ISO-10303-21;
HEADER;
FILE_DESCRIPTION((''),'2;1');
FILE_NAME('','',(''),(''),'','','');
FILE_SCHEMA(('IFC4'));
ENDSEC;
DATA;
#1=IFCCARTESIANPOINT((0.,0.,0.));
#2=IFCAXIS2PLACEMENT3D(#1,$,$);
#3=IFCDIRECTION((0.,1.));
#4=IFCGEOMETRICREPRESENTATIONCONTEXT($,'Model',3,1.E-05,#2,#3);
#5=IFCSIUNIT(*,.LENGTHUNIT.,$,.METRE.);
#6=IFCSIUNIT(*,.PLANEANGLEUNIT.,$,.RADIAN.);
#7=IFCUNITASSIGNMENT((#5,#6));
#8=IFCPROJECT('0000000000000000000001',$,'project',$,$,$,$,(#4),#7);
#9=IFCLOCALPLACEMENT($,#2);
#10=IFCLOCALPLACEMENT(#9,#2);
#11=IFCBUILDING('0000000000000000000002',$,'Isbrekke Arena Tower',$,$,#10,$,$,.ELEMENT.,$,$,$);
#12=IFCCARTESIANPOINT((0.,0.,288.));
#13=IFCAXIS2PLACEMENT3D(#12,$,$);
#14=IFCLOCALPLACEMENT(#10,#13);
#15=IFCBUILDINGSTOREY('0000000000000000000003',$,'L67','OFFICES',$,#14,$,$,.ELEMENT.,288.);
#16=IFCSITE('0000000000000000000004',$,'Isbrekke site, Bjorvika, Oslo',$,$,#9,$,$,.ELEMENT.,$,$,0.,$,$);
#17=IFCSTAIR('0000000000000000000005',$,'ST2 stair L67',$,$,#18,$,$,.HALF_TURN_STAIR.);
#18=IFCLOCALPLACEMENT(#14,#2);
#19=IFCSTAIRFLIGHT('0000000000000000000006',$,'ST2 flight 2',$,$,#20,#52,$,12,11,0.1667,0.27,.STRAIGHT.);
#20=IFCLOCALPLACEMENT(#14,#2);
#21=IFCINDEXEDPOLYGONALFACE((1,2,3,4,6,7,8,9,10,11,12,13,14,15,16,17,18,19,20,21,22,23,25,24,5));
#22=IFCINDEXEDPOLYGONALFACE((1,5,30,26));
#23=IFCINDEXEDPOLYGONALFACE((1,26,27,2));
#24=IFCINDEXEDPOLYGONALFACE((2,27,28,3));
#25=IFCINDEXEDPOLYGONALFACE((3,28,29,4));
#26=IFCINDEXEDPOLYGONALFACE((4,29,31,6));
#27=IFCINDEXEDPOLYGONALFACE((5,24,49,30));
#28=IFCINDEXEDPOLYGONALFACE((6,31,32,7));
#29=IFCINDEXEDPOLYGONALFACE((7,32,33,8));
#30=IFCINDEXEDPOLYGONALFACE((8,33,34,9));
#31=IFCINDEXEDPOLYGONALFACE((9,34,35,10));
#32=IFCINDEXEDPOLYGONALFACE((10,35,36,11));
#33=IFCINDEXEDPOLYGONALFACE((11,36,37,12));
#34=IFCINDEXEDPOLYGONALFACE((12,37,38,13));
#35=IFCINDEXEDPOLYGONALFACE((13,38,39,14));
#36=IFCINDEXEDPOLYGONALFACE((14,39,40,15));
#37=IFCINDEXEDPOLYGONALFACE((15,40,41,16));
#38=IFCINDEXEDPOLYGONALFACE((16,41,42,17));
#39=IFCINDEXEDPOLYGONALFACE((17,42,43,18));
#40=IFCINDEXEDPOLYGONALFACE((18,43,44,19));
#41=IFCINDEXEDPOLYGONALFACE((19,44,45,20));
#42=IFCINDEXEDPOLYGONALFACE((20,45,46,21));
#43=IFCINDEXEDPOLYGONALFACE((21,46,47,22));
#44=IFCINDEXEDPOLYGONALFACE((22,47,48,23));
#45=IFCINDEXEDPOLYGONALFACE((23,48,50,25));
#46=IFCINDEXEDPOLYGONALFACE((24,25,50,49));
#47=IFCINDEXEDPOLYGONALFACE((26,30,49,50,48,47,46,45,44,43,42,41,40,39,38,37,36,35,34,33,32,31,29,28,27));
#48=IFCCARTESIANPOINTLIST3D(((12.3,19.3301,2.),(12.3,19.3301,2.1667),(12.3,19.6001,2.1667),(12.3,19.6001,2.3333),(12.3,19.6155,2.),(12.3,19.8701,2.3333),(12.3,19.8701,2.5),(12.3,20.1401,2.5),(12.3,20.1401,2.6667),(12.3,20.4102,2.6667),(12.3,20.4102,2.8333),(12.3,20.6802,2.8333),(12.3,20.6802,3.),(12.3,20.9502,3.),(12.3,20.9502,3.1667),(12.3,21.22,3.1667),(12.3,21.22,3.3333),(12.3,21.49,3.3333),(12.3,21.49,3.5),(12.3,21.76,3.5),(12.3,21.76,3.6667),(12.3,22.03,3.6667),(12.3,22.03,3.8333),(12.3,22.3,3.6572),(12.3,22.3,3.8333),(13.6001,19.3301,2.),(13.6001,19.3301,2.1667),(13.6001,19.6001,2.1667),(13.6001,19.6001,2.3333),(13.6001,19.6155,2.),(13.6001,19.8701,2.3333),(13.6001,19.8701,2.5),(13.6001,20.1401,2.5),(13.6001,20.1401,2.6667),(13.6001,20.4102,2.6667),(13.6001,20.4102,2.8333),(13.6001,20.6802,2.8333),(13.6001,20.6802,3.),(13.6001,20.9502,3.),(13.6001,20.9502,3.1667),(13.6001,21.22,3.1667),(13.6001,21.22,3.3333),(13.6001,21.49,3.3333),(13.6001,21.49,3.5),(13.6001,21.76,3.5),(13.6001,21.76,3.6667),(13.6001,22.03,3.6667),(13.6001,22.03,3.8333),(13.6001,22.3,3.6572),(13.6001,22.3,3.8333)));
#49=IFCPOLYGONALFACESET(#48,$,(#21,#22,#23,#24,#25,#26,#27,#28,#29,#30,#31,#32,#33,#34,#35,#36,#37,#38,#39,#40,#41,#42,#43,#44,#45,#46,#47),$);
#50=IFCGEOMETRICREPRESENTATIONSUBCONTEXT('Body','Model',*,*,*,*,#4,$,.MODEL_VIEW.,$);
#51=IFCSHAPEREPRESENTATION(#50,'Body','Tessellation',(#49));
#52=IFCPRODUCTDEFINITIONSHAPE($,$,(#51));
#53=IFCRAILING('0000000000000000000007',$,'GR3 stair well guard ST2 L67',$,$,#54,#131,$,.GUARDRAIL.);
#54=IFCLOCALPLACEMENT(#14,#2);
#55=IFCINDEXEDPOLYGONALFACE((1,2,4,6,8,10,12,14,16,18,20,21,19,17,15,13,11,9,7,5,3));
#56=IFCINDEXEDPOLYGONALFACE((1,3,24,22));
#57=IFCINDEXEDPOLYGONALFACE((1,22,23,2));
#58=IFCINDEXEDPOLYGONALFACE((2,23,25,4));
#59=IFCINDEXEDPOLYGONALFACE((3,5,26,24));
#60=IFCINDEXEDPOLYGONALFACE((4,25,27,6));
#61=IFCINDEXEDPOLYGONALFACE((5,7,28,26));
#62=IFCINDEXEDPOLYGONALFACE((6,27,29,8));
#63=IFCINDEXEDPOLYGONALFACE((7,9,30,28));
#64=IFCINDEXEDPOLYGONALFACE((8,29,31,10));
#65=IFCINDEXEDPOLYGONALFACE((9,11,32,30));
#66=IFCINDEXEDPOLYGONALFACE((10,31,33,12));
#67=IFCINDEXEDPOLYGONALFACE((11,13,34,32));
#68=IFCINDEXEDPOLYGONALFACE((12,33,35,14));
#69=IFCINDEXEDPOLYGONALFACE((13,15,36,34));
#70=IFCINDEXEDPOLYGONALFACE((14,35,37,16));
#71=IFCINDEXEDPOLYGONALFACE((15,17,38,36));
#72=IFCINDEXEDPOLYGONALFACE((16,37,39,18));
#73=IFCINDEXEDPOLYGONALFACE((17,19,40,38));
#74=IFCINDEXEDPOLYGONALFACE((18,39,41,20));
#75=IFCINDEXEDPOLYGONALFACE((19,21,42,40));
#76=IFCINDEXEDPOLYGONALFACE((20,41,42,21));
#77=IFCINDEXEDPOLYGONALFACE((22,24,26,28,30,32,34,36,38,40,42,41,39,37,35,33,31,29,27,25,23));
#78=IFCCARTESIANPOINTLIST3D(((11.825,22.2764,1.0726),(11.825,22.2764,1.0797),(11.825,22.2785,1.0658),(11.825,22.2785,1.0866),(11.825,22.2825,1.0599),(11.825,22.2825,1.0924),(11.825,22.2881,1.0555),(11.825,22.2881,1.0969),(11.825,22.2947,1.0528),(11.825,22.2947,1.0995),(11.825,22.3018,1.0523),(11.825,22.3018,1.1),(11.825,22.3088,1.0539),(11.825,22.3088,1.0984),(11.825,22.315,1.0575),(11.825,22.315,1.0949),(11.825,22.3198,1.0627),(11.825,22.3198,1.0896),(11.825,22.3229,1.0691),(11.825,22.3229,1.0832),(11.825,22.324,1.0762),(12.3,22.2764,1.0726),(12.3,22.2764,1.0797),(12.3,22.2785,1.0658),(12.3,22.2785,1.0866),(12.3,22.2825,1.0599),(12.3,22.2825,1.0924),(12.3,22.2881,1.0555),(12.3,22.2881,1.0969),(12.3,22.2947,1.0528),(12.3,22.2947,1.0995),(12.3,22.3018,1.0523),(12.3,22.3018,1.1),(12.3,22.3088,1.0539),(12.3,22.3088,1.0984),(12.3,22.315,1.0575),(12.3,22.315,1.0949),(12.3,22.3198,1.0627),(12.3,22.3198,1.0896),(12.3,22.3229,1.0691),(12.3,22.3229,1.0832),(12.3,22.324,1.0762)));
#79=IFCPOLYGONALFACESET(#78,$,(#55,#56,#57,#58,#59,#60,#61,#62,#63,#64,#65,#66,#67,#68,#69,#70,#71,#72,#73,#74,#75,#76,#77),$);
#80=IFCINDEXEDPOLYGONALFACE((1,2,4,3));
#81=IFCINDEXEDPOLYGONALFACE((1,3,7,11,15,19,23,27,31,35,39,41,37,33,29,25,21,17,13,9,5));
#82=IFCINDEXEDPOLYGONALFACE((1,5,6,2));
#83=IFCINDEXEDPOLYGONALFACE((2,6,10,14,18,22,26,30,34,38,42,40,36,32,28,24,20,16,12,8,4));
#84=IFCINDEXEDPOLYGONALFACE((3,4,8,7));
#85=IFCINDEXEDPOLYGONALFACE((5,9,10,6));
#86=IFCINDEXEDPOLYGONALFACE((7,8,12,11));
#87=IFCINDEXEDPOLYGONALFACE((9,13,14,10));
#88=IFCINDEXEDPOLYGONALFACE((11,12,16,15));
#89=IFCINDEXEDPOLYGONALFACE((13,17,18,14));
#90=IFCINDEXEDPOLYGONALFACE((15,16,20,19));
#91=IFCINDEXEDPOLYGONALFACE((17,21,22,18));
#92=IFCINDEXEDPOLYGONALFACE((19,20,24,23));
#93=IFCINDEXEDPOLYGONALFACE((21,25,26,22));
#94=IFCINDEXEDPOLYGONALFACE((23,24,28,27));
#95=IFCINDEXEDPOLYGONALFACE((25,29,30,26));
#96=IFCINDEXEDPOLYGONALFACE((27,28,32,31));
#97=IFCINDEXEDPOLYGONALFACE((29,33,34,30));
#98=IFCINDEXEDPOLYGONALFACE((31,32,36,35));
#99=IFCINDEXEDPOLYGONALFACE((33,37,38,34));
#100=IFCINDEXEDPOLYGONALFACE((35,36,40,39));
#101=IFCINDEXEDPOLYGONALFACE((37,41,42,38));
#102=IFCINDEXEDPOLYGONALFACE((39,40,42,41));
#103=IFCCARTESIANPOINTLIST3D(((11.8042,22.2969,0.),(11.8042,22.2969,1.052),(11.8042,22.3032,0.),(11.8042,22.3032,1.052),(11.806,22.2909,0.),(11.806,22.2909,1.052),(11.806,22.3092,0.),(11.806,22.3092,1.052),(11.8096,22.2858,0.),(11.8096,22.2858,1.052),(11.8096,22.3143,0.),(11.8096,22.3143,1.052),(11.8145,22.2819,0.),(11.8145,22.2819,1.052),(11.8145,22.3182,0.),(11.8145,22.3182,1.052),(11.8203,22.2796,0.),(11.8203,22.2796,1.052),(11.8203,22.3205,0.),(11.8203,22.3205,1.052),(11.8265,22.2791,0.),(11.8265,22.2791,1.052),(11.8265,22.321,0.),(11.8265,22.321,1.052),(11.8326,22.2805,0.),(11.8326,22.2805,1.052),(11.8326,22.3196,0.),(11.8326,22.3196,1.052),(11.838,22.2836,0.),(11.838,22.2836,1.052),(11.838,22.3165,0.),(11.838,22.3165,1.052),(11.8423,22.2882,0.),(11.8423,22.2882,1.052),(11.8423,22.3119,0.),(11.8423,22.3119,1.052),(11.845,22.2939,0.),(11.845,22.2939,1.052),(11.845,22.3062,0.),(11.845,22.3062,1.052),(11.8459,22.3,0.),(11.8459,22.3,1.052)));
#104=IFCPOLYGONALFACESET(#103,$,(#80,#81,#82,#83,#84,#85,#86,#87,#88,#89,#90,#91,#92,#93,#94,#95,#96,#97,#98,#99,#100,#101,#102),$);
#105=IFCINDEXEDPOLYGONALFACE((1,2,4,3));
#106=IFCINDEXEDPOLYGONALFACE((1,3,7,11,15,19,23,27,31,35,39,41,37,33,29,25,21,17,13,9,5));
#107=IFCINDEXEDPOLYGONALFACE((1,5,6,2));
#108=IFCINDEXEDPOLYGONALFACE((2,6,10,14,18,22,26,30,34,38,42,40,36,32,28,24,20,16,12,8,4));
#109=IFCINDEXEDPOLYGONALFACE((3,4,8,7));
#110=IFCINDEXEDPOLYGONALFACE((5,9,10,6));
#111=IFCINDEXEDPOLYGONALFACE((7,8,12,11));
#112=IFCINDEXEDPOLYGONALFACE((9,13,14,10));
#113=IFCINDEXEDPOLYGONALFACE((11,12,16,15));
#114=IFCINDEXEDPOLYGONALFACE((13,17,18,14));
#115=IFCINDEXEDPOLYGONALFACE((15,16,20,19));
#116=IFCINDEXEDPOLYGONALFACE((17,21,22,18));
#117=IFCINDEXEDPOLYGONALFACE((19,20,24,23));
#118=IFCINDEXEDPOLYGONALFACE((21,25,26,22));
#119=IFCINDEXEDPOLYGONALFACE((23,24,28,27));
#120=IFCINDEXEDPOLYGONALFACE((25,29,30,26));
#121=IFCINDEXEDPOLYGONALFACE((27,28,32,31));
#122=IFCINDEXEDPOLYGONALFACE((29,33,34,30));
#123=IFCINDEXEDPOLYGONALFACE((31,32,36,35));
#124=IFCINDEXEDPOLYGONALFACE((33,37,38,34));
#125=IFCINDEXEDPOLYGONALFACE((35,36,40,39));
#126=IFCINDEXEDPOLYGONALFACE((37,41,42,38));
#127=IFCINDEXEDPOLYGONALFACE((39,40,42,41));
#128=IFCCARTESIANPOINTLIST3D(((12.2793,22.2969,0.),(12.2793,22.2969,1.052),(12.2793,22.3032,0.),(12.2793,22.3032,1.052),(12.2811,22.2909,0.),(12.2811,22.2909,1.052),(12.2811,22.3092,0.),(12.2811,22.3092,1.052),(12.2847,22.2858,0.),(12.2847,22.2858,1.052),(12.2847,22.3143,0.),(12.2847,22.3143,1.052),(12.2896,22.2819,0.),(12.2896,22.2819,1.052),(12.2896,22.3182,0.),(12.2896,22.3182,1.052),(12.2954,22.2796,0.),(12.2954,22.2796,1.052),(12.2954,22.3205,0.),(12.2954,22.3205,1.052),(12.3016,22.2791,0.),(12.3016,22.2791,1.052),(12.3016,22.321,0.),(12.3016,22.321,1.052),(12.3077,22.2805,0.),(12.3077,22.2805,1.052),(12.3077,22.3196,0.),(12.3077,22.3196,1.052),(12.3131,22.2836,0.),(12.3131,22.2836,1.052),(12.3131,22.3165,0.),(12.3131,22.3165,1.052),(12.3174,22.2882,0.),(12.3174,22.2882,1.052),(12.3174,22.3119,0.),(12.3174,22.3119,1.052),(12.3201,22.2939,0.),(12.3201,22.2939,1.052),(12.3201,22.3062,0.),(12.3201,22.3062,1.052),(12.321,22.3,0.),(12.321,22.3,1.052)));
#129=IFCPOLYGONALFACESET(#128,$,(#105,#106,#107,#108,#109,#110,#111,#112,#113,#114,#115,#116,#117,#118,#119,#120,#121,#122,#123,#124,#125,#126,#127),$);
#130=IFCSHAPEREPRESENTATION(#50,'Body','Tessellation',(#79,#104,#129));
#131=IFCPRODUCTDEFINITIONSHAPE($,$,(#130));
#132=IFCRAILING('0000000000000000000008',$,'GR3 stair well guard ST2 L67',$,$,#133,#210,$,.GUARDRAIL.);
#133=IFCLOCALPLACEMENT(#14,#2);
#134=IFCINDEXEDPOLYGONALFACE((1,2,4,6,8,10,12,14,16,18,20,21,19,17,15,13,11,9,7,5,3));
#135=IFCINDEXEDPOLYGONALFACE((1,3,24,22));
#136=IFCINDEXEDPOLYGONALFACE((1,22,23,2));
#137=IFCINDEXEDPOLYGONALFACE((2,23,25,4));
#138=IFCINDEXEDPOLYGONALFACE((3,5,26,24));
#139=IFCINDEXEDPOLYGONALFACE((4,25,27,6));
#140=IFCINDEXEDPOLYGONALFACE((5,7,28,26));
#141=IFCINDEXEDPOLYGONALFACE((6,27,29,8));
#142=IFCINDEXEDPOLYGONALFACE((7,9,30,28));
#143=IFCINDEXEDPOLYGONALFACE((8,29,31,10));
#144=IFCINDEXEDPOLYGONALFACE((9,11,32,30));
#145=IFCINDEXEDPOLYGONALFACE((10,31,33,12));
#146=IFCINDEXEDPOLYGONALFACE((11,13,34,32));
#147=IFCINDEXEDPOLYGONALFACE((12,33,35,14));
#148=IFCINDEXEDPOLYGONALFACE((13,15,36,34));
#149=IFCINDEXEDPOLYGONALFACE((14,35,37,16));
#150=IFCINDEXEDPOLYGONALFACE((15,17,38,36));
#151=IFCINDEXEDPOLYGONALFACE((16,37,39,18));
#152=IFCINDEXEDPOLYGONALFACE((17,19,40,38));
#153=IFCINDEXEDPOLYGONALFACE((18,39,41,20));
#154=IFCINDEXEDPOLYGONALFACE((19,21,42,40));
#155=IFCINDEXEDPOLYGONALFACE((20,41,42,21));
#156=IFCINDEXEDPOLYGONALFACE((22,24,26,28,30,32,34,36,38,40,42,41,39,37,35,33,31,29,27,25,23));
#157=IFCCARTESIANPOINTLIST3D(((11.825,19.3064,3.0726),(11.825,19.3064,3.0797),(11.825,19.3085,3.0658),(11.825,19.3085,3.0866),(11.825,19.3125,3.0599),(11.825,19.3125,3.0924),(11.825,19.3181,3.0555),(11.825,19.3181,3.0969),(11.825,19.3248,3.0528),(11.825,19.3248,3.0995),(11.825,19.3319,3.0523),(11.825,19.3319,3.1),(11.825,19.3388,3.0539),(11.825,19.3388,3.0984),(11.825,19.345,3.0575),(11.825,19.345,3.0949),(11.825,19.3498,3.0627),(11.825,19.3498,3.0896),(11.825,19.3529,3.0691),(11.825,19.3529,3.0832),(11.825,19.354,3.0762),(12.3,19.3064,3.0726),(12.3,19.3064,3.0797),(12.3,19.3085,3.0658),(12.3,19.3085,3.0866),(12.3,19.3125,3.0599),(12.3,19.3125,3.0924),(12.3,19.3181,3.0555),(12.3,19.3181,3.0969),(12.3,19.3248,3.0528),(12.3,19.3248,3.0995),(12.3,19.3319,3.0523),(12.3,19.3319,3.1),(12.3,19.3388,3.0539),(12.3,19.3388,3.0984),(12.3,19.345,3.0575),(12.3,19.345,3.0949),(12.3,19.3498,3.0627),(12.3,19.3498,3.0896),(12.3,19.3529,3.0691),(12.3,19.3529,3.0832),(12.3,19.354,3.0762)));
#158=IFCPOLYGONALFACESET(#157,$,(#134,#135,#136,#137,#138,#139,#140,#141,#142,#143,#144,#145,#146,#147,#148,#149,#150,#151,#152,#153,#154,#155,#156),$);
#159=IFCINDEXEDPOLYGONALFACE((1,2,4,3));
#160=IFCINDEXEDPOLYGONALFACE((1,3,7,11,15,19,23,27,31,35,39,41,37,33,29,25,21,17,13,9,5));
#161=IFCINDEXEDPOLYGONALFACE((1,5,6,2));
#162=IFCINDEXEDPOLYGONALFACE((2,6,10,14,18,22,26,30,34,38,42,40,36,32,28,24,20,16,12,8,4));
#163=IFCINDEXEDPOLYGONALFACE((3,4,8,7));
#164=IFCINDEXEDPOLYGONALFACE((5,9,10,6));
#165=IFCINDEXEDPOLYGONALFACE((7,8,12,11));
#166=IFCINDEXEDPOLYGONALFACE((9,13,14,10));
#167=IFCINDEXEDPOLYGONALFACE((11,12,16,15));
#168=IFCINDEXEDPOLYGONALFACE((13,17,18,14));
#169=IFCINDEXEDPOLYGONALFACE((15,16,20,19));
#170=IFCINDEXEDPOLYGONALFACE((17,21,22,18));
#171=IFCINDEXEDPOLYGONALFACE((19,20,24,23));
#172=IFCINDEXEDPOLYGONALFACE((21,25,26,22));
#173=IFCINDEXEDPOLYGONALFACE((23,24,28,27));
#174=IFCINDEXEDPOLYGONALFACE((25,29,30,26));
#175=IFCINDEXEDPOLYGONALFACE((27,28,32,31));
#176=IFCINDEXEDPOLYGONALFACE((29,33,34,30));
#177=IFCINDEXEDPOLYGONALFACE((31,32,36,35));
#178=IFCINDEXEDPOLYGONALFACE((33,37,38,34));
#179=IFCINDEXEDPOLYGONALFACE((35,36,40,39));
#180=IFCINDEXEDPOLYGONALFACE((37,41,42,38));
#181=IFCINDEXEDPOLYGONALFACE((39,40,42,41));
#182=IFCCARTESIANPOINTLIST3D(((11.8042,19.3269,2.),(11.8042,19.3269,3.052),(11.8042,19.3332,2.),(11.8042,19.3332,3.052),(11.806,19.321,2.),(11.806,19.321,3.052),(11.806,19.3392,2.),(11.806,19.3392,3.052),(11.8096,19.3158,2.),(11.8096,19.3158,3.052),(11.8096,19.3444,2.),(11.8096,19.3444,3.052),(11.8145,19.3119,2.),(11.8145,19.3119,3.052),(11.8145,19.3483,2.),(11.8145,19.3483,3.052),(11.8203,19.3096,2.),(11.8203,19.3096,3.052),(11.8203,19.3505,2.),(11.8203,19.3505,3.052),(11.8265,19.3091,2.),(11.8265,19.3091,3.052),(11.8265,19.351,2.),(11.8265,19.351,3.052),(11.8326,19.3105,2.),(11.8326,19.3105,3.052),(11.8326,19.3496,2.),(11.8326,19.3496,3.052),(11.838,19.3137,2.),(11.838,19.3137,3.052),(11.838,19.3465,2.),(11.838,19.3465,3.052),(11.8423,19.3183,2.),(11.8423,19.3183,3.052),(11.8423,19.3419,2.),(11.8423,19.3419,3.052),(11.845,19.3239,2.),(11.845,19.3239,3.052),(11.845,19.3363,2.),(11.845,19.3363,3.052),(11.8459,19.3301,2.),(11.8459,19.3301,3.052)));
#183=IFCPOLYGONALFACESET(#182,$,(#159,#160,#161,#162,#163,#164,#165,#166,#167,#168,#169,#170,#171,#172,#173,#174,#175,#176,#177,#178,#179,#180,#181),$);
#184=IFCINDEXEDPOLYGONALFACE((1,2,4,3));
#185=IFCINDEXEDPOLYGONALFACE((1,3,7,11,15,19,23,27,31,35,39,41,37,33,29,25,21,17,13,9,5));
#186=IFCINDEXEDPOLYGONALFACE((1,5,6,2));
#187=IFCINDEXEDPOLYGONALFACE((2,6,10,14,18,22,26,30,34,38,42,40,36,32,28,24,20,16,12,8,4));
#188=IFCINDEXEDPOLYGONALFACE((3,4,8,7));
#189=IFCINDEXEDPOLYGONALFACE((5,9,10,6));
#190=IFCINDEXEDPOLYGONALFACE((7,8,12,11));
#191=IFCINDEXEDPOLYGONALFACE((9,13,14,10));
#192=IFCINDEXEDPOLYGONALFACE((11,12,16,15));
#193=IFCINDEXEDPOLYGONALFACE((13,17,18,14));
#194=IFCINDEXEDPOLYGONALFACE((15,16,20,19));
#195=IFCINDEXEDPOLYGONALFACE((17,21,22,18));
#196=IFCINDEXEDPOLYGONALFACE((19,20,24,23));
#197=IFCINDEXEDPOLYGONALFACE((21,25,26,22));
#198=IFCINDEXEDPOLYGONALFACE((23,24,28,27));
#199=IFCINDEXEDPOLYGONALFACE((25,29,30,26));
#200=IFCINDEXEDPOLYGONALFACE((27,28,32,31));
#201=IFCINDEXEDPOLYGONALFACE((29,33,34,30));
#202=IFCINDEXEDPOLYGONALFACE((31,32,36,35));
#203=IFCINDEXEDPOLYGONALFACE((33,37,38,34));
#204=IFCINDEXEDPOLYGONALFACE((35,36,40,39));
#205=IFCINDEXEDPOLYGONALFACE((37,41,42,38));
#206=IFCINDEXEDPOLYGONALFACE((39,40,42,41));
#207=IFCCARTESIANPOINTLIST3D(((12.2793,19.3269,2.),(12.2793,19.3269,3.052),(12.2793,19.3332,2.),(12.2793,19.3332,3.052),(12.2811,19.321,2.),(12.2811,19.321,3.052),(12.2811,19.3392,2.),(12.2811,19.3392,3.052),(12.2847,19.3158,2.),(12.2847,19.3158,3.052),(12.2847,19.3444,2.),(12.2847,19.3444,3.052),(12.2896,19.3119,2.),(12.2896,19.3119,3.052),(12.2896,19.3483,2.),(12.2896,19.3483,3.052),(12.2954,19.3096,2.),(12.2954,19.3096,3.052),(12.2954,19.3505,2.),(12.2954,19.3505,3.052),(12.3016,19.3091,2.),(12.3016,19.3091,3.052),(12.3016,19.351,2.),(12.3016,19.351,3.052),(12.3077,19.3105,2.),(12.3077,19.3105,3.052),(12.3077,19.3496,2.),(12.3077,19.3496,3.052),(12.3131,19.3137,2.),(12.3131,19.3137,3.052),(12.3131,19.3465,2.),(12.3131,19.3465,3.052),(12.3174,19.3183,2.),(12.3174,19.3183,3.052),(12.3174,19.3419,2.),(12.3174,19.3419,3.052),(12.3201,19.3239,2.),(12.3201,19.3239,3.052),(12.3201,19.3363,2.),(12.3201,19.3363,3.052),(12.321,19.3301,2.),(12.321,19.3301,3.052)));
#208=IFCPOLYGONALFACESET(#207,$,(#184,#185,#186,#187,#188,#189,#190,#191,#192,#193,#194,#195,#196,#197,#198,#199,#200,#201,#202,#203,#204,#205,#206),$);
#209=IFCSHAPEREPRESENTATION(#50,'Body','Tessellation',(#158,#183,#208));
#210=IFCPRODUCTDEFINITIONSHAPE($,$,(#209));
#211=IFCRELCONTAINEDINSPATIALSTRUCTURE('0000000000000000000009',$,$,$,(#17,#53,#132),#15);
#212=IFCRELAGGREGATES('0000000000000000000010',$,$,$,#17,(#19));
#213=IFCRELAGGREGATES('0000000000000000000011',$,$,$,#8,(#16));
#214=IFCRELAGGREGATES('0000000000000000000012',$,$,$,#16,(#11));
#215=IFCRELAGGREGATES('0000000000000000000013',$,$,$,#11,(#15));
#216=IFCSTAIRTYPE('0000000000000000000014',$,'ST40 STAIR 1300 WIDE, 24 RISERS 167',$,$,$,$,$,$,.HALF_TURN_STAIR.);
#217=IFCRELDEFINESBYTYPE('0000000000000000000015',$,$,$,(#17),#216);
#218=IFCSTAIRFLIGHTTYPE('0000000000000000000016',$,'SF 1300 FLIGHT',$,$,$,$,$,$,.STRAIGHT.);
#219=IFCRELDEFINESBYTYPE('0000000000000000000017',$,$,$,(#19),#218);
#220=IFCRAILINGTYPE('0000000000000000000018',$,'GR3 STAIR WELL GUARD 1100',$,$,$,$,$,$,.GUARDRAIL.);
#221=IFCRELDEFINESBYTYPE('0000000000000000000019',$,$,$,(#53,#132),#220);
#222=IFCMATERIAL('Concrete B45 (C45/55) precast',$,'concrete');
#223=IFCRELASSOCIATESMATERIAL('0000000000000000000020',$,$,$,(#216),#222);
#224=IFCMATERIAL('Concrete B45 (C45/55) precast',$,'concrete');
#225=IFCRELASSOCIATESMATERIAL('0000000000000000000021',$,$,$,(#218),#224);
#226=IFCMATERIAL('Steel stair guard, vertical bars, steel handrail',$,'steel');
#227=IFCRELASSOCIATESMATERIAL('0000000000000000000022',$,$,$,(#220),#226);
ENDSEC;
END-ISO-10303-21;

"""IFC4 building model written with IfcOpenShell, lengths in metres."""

from ifc_helpers import new_model, si_unit, direction, frame, origin, origin_2d, place, context, subcontext, project, spatial, polyline, circle, outline, extrude, material, type_object, element, aggregate, save


model = new_model("IFC4")

# Units and contexts
model_context = context("Model", 3, precision=1e-05, world=origin(), true_north=direction((0.0, 1.0)))
body_context = subcontext(model_context, "Body", "Model", "MODEL_VIEW")
ifc_project = project(units=[si_unit("LENGTHUNIT", "METRE"), si_unit("PLANEANGLEUNIT", "RADIAN")], contexts=[model_context])

# Site, building, storey
site_placement = place(None, origin())
site = spatial("IfcSite", under=ifc_project, at=site_placement, Name="Isbrekke site, Bjorvika, Oslo", CompositionType="ELEMENT", RefElevation=0.0)
building_placement = place(site_placement, origin())
building = spatial("IfcBuilding", under=site, at=building_placement, Name="Isbrekke Arena Tower", CompositionType="ELEMENT")
storey_placement = place(building_placement, frame((0.0, 0.0, 288.0)))
storey = spatial("IfcBuildingStorey", under=building, at=storey_placement, Name="L67", Description="OFFICES", CompositionType="ELEMENT", Elevation=288.0)

# Stair, stair flight
ifc_material_1 = material(Name="Concrete B45 (C45/55) precast", Category="concrete")
stair_type = type_object("IfcStairType", Name="ST40 STAIR 1300 WIDE, 24 RISERS 167", PredefinedType="HALF_TURN_STAIR", material=ifc_material_1)
stair_placement = place(storey_placement, origin())
stair = element("IfcStair", 1, at=stair_placement, inside=storey, type_object=stair_type, Name="ST2 stair L67", PredefinedType="HALF_TURN_STAIR")
ifc_material_2 = material(Name="Concrete B45 (C45/55) precast", Category="concrete")
stair_flight_type = type_object("IfcStairFlightType", Name="SF 1300 FLIGHT", PredefinedType="STRAIGHT", material=ifc_material_2)
stair_flight_1_placement = place(storey_placement, frame((12.95, 19.3301, 2.0), z_axis=(0.0, 0.0, 1.0), x_axis=(0.0, 1.0, 0.0)))
stair_flight_1 = element("IfcStairFlight", 2, at=stair_flight_1_placement, type_object=stair_flight_type, Name="ST2 flight 2", NumberOfRisers=12, NumberOfTreads=11, PredefinedType="STRAIGHT", RiserHeight=0.1667, TreadLength=0.27, context=body_context, shape_type="SweptSolid", body=[
    extrude(outline(polyline([(0.0, 0.0), (0.0, 0.1667), (0.27, 0.1667), (0.27, 0.3333), (0.54, 0.3333), (0.54, 0.5), (0.8101, 0.5), (0.8101, 0.6667), (1.0801, 0.6667), (1.0801, 0.8333), (1.3501, 0.8333), (1.3501, 1.0), (1.6201, 1.0), (1.6201, 1.1667), (1.8899, 1.1667), (1.8899, 1.3333), (2.1599, 1.3333), (2.1599, 1.5), (2.4299, 1.5), (2.4299, 1.6667), (2.7, 1.6667), (2.7, 1.8333), (2.97, 1.8333), (2.97, 2.0), (2.97, 1.6572), (0.2854, 0.0), (0.0, 0.0)])), frame((0.0, 0.6499, 0.0), z_axis=(0.0, -1.0, 0.0), x_axis=(1.0, 0.0, 0.0)), (0.0, 0.0, 1.0), 1.3),
])
aggregate(stair, [stair_flight_1])

# Railings
ifc_material_3 = material(Name="Steel stair guard, vertical bars, steel handrail", Category="steel")
railing_type = type_object("IfcRailingType", Name="GR3 STAIR WELL GUARD 1100", PredefinedType="GUARDRAIL", material=ifc_material_3)
for number, where, name in (
    (3, (11.825, 22.3, 0.0), "GR3 stair well guard ST2 L67"),
    (4, (11.825, 19.3301, 2.0), "GR3 stair well guard ST2 L67"),
):
    element("IfcRailing", number, at=place(storey_placement, frame(where)), inside=storey, type_object=railing_type, Name=name, PredefinedType="GUARDRAIL", context=body_context, shape_type="SweptSolid", body=[
        extrude(circle(Radius=0.0239, at=origin_2d()), frame((0.0, 0.0, 1.0762), z_axis=(1.0, 0.0, 0.0), x_axis=(0.0, 1.0, 0.0)), (0.0, 0.0, 1.0), 0.4751),
        extrude(circle(Radius=0.021, at=origin_2d()), origin(), (0.0, 0.0, 1.0), 1.052),
        extrude(circle(Radius=0.021, at=origin_2d()), frame((0.4751, 0.0, 0.0)), (0.0, 0.0, 1.0), 1.052),
    ])

save(model, "model.ifc")
